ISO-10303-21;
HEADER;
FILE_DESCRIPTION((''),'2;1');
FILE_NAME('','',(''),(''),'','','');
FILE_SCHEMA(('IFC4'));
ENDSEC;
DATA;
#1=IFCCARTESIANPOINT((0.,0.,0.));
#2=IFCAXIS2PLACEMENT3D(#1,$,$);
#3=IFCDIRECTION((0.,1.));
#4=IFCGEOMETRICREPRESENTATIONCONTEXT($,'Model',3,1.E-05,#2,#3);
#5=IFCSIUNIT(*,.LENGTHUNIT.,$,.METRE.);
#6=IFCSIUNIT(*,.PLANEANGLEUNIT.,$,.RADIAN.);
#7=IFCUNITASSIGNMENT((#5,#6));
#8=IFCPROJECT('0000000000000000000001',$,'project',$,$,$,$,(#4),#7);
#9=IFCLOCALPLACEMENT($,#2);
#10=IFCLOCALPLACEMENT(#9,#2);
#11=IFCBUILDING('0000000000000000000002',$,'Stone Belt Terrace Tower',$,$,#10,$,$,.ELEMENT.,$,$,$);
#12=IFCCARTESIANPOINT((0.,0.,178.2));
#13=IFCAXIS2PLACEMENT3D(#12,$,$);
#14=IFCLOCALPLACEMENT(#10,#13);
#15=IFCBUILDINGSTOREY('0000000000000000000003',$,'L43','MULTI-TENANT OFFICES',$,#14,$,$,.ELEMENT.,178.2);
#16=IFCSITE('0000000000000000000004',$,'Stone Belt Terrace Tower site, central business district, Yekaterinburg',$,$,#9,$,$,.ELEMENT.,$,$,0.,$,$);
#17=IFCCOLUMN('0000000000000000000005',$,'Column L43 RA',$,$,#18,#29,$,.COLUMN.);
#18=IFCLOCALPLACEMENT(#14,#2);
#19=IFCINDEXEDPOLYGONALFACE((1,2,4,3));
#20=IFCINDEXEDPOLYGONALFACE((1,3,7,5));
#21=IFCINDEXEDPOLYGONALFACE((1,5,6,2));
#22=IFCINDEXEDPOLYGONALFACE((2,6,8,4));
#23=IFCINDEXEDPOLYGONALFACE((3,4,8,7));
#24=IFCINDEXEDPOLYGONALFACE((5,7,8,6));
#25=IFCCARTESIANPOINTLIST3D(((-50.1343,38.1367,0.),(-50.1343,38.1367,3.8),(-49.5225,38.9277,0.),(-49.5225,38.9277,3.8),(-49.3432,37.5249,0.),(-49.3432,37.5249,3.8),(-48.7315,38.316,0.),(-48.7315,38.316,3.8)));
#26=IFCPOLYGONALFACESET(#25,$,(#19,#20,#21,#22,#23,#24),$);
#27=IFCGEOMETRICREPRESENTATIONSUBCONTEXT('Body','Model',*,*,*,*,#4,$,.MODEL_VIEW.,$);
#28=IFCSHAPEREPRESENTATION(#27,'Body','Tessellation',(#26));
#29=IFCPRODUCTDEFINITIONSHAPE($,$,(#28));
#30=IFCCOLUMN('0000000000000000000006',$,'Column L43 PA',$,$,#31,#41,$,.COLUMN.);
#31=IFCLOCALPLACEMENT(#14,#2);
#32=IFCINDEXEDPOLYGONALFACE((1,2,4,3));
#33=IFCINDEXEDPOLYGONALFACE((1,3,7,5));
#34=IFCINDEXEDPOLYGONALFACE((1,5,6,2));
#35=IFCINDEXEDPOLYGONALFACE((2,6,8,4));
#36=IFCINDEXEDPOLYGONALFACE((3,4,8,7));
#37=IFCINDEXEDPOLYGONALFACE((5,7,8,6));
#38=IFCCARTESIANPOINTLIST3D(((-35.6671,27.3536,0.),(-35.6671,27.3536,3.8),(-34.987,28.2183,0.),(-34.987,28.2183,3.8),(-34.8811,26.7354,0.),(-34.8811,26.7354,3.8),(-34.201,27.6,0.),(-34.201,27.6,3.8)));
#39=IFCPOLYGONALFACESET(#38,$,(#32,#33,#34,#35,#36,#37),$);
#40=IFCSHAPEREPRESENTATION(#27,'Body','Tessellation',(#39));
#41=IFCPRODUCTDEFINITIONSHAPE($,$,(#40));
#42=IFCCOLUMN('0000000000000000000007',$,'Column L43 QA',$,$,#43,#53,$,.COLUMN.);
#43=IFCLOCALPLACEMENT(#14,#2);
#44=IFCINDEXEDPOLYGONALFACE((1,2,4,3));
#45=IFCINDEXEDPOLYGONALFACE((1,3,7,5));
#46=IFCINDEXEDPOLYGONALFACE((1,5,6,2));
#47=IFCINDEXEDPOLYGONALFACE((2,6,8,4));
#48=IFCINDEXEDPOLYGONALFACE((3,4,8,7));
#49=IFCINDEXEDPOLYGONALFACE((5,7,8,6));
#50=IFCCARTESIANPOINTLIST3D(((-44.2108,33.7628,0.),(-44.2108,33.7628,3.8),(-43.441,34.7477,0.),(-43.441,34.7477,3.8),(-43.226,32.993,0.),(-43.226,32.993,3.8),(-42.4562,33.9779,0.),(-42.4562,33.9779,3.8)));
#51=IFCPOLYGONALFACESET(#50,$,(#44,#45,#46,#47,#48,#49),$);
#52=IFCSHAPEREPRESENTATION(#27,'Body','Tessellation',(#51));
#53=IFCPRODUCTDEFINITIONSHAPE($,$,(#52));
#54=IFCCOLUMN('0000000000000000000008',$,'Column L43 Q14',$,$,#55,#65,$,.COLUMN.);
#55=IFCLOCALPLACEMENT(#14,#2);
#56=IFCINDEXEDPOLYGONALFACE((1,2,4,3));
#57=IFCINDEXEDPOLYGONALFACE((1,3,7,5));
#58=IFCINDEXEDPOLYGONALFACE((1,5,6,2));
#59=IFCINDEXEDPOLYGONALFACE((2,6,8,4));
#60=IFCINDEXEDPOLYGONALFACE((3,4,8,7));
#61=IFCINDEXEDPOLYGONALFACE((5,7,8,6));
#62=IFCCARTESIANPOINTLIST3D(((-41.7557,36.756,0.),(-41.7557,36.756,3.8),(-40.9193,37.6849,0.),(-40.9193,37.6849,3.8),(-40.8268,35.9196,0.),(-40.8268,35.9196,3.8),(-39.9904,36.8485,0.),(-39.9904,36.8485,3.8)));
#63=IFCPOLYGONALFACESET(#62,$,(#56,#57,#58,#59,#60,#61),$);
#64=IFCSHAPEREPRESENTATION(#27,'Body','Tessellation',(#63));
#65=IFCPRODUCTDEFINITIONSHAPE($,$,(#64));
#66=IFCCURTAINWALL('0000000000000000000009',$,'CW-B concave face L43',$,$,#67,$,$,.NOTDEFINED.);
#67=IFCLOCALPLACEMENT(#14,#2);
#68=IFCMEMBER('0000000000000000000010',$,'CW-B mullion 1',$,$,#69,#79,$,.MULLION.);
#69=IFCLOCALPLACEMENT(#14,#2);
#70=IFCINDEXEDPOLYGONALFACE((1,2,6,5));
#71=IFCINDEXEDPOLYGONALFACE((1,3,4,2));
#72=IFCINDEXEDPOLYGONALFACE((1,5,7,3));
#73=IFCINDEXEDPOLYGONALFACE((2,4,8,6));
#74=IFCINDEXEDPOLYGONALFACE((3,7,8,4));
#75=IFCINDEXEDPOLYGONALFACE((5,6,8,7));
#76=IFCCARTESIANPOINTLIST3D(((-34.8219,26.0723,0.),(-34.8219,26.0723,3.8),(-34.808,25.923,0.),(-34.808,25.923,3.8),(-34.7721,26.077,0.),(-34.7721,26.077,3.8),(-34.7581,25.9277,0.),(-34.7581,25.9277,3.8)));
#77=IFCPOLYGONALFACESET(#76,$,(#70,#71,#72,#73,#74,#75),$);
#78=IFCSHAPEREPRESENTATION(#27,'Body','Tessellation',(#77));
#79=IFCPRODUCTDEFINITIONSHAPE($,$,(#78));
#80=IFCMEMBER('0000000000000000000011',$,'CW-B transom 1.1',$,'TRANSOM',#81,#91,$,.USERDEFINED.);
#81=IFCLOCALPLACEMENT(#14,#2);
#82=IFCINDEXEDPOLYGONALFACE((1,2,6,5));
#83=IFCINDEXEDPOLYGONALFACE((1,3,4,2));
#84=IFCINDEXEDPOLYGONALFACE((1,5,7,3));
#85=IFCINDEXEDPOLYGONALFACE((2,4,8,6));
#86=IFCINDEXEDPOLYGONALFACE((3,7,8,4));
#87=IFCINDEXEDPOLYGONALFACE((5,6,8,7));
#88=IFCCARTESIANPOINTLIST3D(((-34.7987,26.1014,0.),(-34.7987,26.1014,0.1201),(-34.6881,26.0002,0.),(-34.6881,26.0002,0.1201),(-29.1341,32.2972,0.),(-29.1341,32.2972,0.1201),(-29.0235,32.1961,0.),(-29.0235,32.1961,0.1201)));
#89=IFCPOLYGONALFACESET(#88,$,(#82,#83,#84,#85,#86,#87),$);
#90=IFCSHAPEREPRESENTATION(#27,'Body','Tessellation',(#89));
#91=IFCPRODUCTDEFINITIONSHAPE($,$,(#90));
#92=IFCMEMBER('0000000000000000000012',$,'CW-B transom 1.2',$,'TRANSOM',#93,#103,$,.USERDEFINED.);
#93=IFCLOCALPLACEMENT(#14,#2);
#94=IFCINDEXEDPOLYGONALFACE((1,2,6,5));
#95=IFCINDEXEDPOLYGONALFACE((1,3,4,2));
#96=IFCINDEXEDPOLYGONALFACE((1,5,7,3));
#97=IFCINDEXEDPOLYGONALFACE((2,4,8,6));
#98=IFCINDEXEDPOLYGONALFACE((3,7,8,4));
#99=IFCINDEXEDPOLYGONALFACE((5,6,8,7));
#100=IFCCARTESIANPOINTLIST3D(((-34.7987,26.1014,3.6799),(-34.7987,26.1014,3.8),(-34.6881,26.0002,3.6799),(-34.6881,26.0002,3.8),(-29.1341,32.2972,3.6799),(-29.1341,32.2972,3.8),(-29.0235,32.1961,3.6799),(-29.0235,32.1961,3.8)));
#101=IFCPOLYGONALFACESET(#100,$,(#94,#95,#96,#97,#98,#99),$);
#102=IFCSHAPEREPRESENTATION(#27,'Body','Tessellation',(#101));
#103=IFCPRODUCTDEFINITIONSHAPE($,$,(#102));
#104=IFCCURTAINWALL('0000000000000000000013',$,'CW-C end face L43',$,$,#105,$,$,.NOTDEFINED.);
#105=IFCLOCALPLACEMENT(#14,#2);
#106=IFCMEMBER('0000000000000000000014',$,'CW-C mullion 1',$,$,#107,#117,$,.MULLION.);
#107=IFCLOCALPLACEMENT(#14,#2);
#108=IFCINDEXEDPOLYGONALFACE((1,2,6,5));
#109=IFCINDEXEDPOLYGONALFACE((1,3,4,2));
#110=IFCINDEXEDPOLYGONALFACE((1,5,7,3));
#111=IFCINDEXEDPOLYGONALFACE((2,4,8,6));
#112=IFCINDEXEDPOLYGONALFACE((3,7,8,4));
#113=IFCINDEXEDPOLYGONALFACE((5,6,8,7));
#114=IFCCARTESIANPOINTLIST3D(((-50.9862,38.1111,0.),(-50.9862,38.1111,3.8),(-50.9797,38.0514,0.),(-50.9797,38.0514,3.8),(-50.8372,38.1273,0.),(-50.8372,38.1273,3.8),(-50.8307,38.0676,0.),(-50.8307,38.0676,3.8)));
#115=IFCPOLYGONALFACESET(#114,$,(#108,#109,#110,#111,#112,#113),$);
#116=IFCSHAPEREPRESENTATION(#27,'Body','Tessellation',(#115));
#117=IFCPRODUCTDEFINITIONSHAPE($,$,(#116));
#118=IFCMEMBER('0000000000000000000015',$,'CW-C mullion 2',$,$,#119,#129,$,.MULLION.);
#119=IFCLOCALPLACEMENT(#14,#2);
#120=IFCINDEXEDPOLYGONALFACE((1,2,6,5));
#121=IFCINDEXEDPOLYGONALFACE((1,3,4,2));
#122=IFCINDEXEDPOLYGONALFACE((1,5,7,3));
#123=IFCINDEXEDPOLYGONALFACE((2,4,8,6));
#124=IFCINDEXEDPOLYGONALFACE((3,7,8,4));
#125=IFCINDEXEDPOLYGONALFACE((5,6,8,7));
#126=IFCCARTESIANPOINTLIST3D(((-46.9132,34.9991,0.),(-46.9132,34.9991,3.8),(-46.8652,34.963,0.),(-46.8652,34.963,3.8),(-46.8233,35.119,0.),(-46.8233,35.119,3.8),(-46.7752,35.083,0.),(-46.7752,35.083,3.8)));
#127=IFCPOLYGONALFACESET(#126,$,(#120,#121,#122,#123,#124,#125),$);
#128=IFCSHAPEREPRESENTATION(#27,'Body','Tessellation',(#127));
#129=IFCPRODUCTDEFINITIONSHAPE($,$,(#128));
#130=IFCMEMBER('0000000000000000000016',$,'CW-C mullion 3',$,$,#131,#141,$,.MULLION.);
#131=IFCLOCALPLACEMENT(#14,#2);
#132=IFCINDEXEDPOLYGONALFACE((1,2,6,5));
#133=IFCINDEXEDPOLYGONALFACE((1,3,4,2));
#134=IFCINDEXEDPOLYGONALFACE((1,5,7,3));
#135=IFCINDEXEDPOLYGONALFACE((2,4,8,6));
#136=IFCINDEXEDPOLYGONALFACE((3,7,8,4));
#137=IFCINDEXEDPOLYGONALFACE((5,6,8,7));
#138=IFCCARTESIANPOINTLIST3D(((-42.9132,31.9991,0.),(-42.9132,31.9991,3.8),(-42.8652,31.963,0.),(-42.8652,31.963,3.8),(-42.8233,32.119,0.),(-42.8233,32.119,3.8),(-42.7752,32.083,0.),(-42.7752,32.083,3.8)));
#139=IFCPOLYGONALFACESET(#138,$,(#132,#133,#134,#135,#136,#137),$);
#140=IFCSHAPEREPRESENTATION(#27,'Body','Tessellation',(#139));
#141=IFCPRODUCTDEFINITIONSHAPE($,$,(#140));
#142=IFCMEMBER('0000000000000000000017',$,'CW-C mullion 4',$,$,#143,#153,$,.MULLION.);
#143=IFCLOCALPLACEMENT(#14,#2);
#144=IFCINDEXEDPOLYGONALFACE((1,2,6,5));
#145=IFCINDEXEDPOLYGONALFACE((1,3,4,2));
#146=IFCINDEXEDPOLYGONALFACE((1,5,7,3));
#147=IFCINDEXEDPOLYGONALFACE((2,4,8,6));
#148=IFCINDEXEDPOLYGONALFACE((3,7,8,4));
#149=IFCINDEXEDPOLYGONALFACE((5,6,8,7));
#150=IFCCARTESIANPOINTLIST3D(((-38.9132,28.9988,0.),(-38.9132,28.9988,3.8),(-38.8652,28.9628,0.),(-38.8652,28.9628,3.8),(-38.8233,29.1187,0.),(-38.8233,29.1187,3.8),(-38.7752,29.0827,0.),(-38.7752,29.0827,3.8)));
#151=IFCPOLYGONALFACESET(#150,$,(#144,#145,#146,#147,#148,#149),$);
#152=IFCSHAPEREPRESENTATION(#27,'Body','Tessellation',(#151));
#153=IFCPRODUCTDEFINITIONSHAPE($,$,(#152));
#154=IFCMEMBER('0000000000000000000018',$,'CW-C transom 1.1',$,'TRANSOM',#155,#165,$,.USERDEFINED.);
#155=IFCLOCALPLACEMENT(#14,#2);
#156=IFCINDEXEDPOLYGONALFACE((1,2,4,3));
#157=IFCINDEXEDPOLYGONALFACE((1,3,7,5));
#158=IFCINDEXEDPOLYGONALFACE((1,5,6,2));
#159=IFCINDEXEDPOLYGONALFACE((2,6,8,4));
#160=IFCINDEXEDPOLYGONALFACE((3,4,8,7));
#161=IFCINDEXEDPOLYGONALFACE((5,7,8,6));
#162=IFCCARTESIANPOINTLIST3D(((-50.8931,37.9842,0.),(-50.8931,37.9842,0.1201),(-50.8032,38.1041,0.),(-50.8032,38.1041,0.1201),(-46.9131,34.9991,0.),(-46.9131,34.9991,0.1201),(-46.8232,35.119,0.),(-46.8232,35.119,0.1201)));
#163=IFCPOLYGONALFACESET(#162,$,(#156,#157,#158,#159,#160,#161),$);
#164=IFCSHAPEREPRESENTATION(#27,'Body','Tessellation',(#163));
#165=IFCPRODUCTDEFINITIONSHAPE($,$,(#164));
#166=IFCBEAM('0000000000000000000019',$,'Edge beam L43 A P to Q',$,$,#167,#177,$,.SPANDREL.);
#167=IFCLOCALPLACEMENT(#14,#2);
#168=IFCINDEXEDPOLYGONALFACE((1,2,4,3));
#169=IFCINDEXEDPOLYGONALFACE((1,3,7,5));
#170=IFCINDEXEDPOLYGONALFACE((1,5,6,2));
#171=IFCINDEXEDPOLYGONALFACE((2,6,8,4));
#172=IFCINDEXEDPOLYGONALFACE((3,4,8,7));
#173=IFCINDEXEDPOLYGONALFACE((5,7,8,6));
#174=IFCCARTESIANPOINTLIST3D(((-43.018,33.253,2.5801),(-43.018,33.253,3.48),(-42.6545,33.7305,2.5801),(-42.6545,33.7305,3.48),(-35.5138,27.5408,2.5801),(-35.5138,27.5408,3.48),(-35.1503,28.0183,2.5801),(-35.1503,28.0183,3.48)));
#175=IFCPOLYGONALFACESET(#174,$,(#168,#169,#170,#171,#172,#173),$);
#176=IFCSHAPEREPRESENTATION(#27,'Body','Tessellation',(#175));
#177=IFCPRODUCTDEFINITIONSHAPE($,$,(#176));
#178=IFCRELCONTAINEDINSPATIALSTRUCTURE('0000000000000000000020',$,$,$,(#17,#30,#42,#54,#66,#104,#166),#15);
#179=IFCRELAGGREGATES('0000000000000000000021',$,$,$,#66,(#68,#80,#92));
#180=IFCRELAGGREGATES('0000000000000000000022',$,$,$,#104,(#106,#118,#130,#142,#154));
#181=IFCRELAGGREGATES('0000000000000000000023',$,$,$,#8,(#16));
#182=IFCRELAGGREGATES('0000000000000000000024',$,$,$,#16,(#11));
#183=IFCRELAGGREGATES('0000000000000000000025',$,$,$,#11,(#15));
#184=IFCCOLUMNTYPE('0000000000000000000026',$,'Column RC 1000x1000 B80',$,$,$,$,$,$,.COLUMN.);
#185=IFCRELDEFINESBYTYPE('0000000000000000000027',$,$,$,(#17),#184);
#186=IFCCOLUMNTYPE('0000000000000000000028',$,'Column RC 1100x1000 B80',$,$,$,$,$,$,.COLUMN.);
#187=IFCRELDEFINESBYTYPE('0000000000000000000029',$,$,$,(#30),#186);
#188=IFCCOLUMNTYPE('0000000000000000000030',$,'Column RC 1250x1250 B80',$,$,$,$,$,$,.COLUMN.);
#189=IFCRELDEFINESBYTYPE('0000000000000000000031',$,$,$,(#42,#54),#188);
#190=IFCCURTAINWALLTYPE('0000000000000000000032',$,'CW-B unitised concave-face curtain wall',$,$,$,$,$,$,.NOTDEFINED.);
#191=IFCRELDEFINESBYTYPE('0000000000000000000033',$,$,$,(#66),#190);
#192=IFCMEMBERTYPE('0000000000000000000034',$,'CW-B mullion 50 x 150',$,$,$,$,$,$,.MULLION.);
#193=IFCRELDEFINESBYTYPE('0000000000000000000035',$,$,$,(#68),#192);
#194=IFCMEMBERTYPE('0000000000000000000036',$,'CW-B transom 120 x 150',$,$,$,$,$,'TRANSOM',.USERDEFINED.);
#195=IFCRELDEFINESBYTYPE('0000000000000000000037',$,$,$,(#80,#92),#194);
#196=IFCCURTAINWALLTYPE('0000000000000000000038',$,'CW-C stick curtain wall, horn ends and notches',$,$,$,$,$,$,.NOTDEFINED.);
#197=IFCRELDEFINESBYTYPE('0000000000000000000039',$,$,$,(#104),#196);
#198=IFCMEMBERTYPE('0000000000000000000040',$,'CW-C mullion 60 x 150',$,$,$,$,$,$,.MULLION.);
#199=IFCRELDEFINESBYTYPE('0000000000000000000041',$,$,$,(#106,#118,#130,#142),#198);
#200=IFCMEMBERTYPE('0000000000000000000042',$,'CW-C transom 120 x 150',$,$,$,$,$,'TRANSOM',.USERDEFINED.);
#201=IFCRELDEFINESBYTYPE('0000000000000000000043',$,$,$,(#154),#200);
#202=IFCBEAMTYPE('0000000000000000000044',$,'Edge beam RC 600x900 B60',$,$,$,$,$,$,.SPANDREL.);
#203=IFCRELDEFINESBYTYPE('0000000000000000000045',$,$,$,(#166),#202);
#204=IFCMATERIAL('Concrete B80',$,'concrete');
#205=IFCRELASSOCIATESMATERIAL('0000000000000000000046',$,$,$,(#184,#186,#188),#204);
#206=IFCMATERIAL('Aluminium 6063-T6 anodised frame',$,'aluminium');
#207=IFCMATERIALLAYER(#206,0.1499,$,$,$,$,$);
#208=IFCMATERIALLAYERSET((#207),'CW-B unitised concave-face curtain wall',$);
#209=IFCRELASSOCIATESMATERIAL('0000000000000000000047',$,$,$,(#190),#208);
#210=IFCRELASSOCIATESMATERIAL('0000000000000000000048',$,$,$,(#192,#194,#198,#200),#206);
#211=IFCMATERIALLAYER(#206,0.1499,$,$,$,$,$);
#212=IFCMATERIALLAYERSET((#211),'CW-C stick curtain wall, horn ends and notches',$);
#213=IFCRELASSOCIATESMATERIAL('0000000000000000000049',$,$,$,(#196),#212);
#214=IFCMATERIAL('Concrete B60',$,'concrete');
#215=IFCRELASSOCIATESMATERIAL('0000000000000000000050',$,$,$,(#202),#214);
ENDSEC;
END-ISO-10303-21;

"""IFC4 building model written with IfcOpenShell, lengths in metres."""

from ifc_helpers import new_model, si_unit, direction, frame, origin, origin_2d, place, context, subcontext, project, spatial, rectangle, extrude, material, layer, layer_set, material_profile, profile_set, type_object, element, aggregate, save


model = new_model("IFC4")

# Units and contexts
model_context = context("Model", 3, precision=1e-05, world=origin(), true_north=direction((0.0, 1.0)))
body_context = subcontext(model_context, "Body", "Model", "MODEL_VIEW")
ifc_project = project(units=[si_unit("LENGTHUNIT", "METRE"), si_unit("PLANEANGLEUNIT", "RADIAN")], contexts=[model_context])

# Site, building, storey
site_placement = place(None, origin())
site = spatial("IfcSite", under=ifc_project, at=site_placement, Name="Stone Belt Terrace Tower site, central business district, Yekaterinburg", CompositionType="ELEMENT", RefElevation=0.0)
building_placement = place(site_placement, origin())
building = spatial("IfcBuilding", under=site, at=building_placement, Name="Stone Belt Terrace Tower", CompositionType="ELEMENT")
storey_placement = place(building_placement, frame((0.0, 0.0, 178.2)))
storey = spatial("IfcBuildingStorey", under=building, at=storey_placement, Name="L43", Description="MULTI-TENANT OFFICES", CompositionType="ELEMENT", Elevation=178.2)

# Columns
ifc_material_1 = material(Name="Concrete B80", Category="concrete")
ifc_material_profile_1 = material_profile(ifc_material_1, rectangle(XDim=1.0, YDim=1.0, at=origin_2d()), Name="RC 1000x1000")
ifc_profile_set_1 = profile_set([ifc_material_profile_1], Name="Concrete B80")
column_type_1 = type_object("IfcColumnType", Name="Column RC 1000x1000 B80", PredefinedType="COLUMN", material=ifc_profile_set_1)
column_1_placement = place(storey_placement, frame((-49.4329, 38.2263, 0.0), z_axis=(0.0, 0.0, 1.0), x_axis=(0.61173, 0.791067, 0.0)))
element("IfcColumn", 1, at=column_1_placement, inside=storey, type_object=column_type_1, Name="Column L43 RA", PredefinedType="COLUMN", context=body_context, shape_type="SweptSolid", body=[
    extrude(rectangle(XDim=1.0, YDim=1.0, at=origin_2d()), origin(), (0.0, 0.0, 1.0), 3.8),
])
ifc_material_profile_2 = material_profile(ifc_material_1, rectangle(XDim=1.1001, YDim=1.0, at=origin_2d()), Name="RC 1100x1000")
ifc_profile_set_2 = profile_set([ifc_material_profile_2], Name="Concrete B80")
column_type_2 = type_object("IfcColumnType", Name="Column RC 1100x1000 B80", PredefinedType="COLUMN", material=ifc_profile_set_2)
column_2_placement = place(storey_placement, frame((-34.9341, 27.4768, 0.0), z_axis=(0.0, 0.0, 1.0), x_axis=(0.618218, 0.786007, 0.0)))
element("IfcColumn", 2, at=column_2_placement, inside=storey, type_object=column_type_2, Name="Column L43 PA", PredefinedType="COLUMN", context=body_context, shape_type="SweptSolid", body=[
    extrude(rectangle(XDim=1.1001, YDim=1.0, at=origin_2d()), origin(), (0.0, 0.0, 1.0), 3.8),
])
ifc_material_profile_3 = material_profile(ifc_material_1, rectangle(XDim=1.25, YDim=1.25, at=origin_2d()), Name="RC 1250x1250")
ifc_profile_set_3 = profile_set([ifc_material_profile_3], Name="Concrete B80")
column_type_3 = type_object("IfcColumnType", Name="Column RC 1250x1250 B80", PredefinedType="COLUMN", material=ifc_profile_set_3)
for number, where, z_axis, x_axis, name in (
    (3, (-43.3335, 33.8704, 0.0), (0.0, 0.0, 1.0), (0.615825, 0.787883, 0.0), "Column L43 QA"),
    (4, (-40.873, 36.8022, 0.0), (0.0, 0.0, 1.0), (0.669131, 0.743145, 0.0), "Column L43 Q14"),
):
    element("IfcColumn", number, at=place(storey_placement, frame(where, z_axis=z_axis, x_axis=x_axis)), inside=storey, type_object=column_type_3, Name=name, PredefinedType="COLUMN", context=body_context, shape_type="SweptSolid", body=[
        extrude(rectangle(XDim=1.25, YDim=1.25, at=origin_2d()), origin(), (0.0, 0.0, 1.0), 3.8),
    ])

# Curtain walls, members
ifc_material_2 = material(Name="Aluminium 6063-T6 anodised frame", Category="aluminium")
ifc_layer_1 = layer(ifc_material_2, 0.1499)
ifc_layer_set_1 = layer_set([ifc_layer_1], Name="CW-B unitised concave-face curtain wall")
curtain_wall_type_1 = type_object("IfcCurtainWallType", Name="CW-B unitised concave-face curtain wall", PredefinedType="NOTDEFINED", material=ifc_layer_set_1)
curtain_wall_1_placement = place(storey_placement, origin())
curtain_wall_1 = element("IfcCurtainWall", 5, at=curtain_wall_1_placement, inside=storey, type_object=curtain_wall_type_1, Name="CW-B concave face L43", PredefinedType="NOTDEFINED")
ifc_material_profile_4 = material_profile(ifc_material_2, rectangle(XDim=0.1499, YDim=0.05, at=origin_2d()), Name="Aluminium 6063-T6 50x150")
ifc_profile_set_4 = profile_set([ifc_material_profile_4], Name="Aluminium 6063-T6 anodised frame")
member_type_1 = type_object("IfcMemberType", Name="CW-B mullion 50 x 150", PredefinedType="MULLION", material=ifc_profile_set_4)
member_1_placement = place(storey_placement, frame((-34.79, 26.0, 0.0), z_axis=(0.0, 0.0, 1.0), x_axis=(-0.093181, 0.995649, 0.0)))
member_1 = element("IfcMember", 6, at=member_1_placement, type_object=member_type_1, Name="CW-B mullion 1", PredefinedType="MULLION", context=body_context, shape_type="SweptSolid", body=[
    extrude(rectangle(XDim=0.1499, YDim=0.05, at=origin_2d()), origin(), (0.0, 0.0, 1.0), 3.8),
])
ifc_material_profile_5 = material_profile(ifc_material_2, rectangle(XDim=0.1499, YDim=0.1201, at=origin_2d()), Name="Aluminium 6063-T6 150x120")
ifc_profile_set_5 = profile_set([ifc_material_profile_5], Name="Aluminium 6063-T6 anodised frame")
member_type_2 = type_object("IfcMemberType", Name="CW-B transom 120 x 150", ElementType="TRANSOM", PredefinedType="USERDEFINED", material=ifc_profile_set_5)
member_2_placement = place(storey_placement, frame((-34.7434, 26.0508, 0.0601), z_axis=(0.674757, 0.73804, 0.0), x_axis=(-0.73804, 0.674757, 0.0)))
member_2 = element("IfcMember", 7, at=member_2_placement, type_object=member_type_2, Name="CW-B transom 1.1", ObjectType="TRANSOM", PredefinedType="USERDEFINED", context=body_context, shape_type="SweptSolid", body=[
    extrude(rectangle(XDim=0.1499, YDim=0.1201, at=origin_2d()), origin(), (0.0, 0.0, 1.0), 8.395),
])
member_3_placement = place(storey_placement, frame((-34.7434, 26.0508, 3.74), z_axis=(0.674757, 0.73804, 0.0), x_axis=(-0.73804, 0.674757, 0.0)))
member_3 = element("IfcMember", 8, at=member_3_placement, type_object=member_type_2, Name="CW-B transom 1.2", ObjectType="TRANSOM", PredefinedType="USERDEFINED", context=body_context, shape_type="SweptSolid", body=[
    extrude(rectangle(XDim=0.1499, YDim=0.1201, at=origin_2d()), origin(), (0.0, 0.0, 1.0), 8.395),
])
ifc_layer_2 = layer(ifc_material_2, 0.1499)
ifc_layer_set_2 = layer_set([ifc_layer_2], Name="CW-C stick curtain wall, horn ends and notches")
curtain_wall_type_2 = type_object("IfcCurtainWallType", Name="CW-C stick curtain wall, horn ends and notches", PredefinedType="NOTDEFINED", material=ifc_layer_set_2)
curtain_wall_2_placement = place(storey_placement, origin())
curtain_wall_2 = element("IfcCurtainWall", 9, at=curtain_wall_2_placement, inside=storey, type_object=curtain_wall_type_2, Name="CW-C end face L43", PredefinedType="NOTDEFINED")
ifc_material_profile_6 = material_profile(ifc_material_2, rectangle(XDim=0.1499, YDim=0.0601, at=origin_2d()), Name="Aluminium 6063-T6 60x150")
ifc_profile_set_6 = profile_set([ifc_material_profile_6], Name="Aluminium 6063-T6 anodised frame")
member_type_3 = type_object("IfcMemberType", Name="CW-C mullion 60 x 150", PredefinedType="MULLION", material=ifc_profile_set_6)
member_4_placement = place(storey_placement, frame((-50.9084, 38.0894, 0.0), z_axis=(0.0, 0.0, 1.0), x_axis=(0.994169, 0.10783, 0.0)))
member_4 = element("IfcMember", 10, at=member_4_placement, type_object=member_type_3, Name="CW-C mullion 1", PredefinedType="MULLION", context=body_context, shape_type="SweptSolid", body=[
    extrude(rectangle(XDim=0.1499, YDim=0.0601, at=origin_2d()), origin(), (0.0, 0.0, 1.0), 3.8),
])
member_5_placement = place(storey_placement, frame((-46.8442, 35.041, 0.0), z_axis=(0.0, 0.0, 1.0), x_axis=(0.600018, 0.799987, 0.0)))
member_5 = element("IfcMember", 11, at=member_5_placement, type_object=member_type_3, Name="CW-C mullion 2", PredefinedType="MULLION", context=body_context, shape_type="SweptSolid", body=[
    extrude(rectangle(XDim=0.1499, YDim=0.0601, at=origin_2d()), origin(), (0.0, 0.0, 1.0), 3.8),
])
member_6_placement = place(storey_placement, frame((-42.8442, 32.041, 0.0), z_axis=(0.0, 0.0, 1.0), x_axis=(0.600018, 0.799987, 0.0)))
member_6 = element("IfcMember", 12, at=member_6_placement, type_object=member_type_3, Name="CW-C mullion 3", PredefinedType="MULLION", context=body_context, shape_type="SweptSolid", body=[
    extrude(rectangle(XDim=0.1499, YDim=0.0601, at=origin_2d()), origin(), (0.0, 0.0, 1.0), 3.8),
])
member_7_placement = place(storey_placement, frame((-38.8442, 29.0408, 0.0), z_axis=(0.0, 0.0, 1.0), x_axis=(0.600018, 0.799987, 0.0)))
member_7 = element("IfcMember", 13, at=member_7_placement, type_object=member_type_3, Name="CW-C mullion 4", PredefinedType="MULLION", context=body_context, shape_type="SweptSolid", body=[
    extrude(rectangle(XDim=0.1499, YDim=0.0601, at=origin_2d()), origin(), (0.0, 0.0, 1.0), 3.8),
])
ifc_material_profile_7 = material_profile(ifc_material_2, rectangle(XDim=0.1499, YDim=0.1201, at=origin_2d()), Name="Aluminium 6063-T6 150x120")
ifc_profile_set_7 = profile_set([ifc_material_profile_7], Name="Aluminium 6063-T6 anodised frame")
member_type_4 = type_object("IfcMemberType", Name="CW-C transom 120 x 150", ElementType="TRANSOM", PredefinedType="USERDEFINED", material=ifc_profile_set_7)
member_8_placement = place(storey_placement, frame((-50.8481, 38.0442, 0.0601), z_axis=(0.799988, -0.600016, 0.0), x_axis=(0.600016, 0.799988, 0.0)))
member_8 = element("IfcMember", 14, at=member_8_placement, type_object=member_type_4, Name="CW-C transom 1.1", ObjectType="TRANSOM", PredefinedType="USERDEFINED", context=body_context, shape_type="SweptSolid", body=[
    extrude(rectangle(XDim=0.1499, YDim=0.1201, at=origin_2d()), origin(), (0.0, 0.0, 1.0), 4.9751),
])

# Beam
ifc_material_3 = material(Name="Concrete B60", Category="concrete")
ifc_material_profile_8 = material_profile(ifc_material_3, rectangle(XDim=0.6001, YDim=0.8999, at=origin_2d()), Name="RC 600x900")
ifc_profile_set_8 = profile_set([ifc_material_profile_8], Name="Concrete B60")
beam_type = type_object("IfcBeamType", Name="Edge beam RC 600x900 B60", PredefinedType="SPANDREL", material=ifc_profile_set_8)
beam_1_placement = place(storey_placement, frame((-35.332, 27.7795, 3.03), z_axis=(-0.795702, 0.605688, 0.0), x_axis=(-0.605688, -0.795702, 0.0)))
element("IfcBeam", 15, at=beam_1_placement, inside=storey, type_object=beam_type, Name="Edge beam L43 A P to Q", PredefinedType="SPANDREL", context=body_context, shape_type="SweptSolid", body=[
    extrude(rectangle(XDim=0.6001, YDim=0.8999, at=origin_2d()), origin(), (0.0, 0.0, 1.0), 9.4309),
])

aggregate(curtain_wall_1, [member_1, member_2, member_3])
aggregate(curtain_wall_2, [member_4, member_5, member_6, member_7, member_8])

save(model, "model.ifc")
